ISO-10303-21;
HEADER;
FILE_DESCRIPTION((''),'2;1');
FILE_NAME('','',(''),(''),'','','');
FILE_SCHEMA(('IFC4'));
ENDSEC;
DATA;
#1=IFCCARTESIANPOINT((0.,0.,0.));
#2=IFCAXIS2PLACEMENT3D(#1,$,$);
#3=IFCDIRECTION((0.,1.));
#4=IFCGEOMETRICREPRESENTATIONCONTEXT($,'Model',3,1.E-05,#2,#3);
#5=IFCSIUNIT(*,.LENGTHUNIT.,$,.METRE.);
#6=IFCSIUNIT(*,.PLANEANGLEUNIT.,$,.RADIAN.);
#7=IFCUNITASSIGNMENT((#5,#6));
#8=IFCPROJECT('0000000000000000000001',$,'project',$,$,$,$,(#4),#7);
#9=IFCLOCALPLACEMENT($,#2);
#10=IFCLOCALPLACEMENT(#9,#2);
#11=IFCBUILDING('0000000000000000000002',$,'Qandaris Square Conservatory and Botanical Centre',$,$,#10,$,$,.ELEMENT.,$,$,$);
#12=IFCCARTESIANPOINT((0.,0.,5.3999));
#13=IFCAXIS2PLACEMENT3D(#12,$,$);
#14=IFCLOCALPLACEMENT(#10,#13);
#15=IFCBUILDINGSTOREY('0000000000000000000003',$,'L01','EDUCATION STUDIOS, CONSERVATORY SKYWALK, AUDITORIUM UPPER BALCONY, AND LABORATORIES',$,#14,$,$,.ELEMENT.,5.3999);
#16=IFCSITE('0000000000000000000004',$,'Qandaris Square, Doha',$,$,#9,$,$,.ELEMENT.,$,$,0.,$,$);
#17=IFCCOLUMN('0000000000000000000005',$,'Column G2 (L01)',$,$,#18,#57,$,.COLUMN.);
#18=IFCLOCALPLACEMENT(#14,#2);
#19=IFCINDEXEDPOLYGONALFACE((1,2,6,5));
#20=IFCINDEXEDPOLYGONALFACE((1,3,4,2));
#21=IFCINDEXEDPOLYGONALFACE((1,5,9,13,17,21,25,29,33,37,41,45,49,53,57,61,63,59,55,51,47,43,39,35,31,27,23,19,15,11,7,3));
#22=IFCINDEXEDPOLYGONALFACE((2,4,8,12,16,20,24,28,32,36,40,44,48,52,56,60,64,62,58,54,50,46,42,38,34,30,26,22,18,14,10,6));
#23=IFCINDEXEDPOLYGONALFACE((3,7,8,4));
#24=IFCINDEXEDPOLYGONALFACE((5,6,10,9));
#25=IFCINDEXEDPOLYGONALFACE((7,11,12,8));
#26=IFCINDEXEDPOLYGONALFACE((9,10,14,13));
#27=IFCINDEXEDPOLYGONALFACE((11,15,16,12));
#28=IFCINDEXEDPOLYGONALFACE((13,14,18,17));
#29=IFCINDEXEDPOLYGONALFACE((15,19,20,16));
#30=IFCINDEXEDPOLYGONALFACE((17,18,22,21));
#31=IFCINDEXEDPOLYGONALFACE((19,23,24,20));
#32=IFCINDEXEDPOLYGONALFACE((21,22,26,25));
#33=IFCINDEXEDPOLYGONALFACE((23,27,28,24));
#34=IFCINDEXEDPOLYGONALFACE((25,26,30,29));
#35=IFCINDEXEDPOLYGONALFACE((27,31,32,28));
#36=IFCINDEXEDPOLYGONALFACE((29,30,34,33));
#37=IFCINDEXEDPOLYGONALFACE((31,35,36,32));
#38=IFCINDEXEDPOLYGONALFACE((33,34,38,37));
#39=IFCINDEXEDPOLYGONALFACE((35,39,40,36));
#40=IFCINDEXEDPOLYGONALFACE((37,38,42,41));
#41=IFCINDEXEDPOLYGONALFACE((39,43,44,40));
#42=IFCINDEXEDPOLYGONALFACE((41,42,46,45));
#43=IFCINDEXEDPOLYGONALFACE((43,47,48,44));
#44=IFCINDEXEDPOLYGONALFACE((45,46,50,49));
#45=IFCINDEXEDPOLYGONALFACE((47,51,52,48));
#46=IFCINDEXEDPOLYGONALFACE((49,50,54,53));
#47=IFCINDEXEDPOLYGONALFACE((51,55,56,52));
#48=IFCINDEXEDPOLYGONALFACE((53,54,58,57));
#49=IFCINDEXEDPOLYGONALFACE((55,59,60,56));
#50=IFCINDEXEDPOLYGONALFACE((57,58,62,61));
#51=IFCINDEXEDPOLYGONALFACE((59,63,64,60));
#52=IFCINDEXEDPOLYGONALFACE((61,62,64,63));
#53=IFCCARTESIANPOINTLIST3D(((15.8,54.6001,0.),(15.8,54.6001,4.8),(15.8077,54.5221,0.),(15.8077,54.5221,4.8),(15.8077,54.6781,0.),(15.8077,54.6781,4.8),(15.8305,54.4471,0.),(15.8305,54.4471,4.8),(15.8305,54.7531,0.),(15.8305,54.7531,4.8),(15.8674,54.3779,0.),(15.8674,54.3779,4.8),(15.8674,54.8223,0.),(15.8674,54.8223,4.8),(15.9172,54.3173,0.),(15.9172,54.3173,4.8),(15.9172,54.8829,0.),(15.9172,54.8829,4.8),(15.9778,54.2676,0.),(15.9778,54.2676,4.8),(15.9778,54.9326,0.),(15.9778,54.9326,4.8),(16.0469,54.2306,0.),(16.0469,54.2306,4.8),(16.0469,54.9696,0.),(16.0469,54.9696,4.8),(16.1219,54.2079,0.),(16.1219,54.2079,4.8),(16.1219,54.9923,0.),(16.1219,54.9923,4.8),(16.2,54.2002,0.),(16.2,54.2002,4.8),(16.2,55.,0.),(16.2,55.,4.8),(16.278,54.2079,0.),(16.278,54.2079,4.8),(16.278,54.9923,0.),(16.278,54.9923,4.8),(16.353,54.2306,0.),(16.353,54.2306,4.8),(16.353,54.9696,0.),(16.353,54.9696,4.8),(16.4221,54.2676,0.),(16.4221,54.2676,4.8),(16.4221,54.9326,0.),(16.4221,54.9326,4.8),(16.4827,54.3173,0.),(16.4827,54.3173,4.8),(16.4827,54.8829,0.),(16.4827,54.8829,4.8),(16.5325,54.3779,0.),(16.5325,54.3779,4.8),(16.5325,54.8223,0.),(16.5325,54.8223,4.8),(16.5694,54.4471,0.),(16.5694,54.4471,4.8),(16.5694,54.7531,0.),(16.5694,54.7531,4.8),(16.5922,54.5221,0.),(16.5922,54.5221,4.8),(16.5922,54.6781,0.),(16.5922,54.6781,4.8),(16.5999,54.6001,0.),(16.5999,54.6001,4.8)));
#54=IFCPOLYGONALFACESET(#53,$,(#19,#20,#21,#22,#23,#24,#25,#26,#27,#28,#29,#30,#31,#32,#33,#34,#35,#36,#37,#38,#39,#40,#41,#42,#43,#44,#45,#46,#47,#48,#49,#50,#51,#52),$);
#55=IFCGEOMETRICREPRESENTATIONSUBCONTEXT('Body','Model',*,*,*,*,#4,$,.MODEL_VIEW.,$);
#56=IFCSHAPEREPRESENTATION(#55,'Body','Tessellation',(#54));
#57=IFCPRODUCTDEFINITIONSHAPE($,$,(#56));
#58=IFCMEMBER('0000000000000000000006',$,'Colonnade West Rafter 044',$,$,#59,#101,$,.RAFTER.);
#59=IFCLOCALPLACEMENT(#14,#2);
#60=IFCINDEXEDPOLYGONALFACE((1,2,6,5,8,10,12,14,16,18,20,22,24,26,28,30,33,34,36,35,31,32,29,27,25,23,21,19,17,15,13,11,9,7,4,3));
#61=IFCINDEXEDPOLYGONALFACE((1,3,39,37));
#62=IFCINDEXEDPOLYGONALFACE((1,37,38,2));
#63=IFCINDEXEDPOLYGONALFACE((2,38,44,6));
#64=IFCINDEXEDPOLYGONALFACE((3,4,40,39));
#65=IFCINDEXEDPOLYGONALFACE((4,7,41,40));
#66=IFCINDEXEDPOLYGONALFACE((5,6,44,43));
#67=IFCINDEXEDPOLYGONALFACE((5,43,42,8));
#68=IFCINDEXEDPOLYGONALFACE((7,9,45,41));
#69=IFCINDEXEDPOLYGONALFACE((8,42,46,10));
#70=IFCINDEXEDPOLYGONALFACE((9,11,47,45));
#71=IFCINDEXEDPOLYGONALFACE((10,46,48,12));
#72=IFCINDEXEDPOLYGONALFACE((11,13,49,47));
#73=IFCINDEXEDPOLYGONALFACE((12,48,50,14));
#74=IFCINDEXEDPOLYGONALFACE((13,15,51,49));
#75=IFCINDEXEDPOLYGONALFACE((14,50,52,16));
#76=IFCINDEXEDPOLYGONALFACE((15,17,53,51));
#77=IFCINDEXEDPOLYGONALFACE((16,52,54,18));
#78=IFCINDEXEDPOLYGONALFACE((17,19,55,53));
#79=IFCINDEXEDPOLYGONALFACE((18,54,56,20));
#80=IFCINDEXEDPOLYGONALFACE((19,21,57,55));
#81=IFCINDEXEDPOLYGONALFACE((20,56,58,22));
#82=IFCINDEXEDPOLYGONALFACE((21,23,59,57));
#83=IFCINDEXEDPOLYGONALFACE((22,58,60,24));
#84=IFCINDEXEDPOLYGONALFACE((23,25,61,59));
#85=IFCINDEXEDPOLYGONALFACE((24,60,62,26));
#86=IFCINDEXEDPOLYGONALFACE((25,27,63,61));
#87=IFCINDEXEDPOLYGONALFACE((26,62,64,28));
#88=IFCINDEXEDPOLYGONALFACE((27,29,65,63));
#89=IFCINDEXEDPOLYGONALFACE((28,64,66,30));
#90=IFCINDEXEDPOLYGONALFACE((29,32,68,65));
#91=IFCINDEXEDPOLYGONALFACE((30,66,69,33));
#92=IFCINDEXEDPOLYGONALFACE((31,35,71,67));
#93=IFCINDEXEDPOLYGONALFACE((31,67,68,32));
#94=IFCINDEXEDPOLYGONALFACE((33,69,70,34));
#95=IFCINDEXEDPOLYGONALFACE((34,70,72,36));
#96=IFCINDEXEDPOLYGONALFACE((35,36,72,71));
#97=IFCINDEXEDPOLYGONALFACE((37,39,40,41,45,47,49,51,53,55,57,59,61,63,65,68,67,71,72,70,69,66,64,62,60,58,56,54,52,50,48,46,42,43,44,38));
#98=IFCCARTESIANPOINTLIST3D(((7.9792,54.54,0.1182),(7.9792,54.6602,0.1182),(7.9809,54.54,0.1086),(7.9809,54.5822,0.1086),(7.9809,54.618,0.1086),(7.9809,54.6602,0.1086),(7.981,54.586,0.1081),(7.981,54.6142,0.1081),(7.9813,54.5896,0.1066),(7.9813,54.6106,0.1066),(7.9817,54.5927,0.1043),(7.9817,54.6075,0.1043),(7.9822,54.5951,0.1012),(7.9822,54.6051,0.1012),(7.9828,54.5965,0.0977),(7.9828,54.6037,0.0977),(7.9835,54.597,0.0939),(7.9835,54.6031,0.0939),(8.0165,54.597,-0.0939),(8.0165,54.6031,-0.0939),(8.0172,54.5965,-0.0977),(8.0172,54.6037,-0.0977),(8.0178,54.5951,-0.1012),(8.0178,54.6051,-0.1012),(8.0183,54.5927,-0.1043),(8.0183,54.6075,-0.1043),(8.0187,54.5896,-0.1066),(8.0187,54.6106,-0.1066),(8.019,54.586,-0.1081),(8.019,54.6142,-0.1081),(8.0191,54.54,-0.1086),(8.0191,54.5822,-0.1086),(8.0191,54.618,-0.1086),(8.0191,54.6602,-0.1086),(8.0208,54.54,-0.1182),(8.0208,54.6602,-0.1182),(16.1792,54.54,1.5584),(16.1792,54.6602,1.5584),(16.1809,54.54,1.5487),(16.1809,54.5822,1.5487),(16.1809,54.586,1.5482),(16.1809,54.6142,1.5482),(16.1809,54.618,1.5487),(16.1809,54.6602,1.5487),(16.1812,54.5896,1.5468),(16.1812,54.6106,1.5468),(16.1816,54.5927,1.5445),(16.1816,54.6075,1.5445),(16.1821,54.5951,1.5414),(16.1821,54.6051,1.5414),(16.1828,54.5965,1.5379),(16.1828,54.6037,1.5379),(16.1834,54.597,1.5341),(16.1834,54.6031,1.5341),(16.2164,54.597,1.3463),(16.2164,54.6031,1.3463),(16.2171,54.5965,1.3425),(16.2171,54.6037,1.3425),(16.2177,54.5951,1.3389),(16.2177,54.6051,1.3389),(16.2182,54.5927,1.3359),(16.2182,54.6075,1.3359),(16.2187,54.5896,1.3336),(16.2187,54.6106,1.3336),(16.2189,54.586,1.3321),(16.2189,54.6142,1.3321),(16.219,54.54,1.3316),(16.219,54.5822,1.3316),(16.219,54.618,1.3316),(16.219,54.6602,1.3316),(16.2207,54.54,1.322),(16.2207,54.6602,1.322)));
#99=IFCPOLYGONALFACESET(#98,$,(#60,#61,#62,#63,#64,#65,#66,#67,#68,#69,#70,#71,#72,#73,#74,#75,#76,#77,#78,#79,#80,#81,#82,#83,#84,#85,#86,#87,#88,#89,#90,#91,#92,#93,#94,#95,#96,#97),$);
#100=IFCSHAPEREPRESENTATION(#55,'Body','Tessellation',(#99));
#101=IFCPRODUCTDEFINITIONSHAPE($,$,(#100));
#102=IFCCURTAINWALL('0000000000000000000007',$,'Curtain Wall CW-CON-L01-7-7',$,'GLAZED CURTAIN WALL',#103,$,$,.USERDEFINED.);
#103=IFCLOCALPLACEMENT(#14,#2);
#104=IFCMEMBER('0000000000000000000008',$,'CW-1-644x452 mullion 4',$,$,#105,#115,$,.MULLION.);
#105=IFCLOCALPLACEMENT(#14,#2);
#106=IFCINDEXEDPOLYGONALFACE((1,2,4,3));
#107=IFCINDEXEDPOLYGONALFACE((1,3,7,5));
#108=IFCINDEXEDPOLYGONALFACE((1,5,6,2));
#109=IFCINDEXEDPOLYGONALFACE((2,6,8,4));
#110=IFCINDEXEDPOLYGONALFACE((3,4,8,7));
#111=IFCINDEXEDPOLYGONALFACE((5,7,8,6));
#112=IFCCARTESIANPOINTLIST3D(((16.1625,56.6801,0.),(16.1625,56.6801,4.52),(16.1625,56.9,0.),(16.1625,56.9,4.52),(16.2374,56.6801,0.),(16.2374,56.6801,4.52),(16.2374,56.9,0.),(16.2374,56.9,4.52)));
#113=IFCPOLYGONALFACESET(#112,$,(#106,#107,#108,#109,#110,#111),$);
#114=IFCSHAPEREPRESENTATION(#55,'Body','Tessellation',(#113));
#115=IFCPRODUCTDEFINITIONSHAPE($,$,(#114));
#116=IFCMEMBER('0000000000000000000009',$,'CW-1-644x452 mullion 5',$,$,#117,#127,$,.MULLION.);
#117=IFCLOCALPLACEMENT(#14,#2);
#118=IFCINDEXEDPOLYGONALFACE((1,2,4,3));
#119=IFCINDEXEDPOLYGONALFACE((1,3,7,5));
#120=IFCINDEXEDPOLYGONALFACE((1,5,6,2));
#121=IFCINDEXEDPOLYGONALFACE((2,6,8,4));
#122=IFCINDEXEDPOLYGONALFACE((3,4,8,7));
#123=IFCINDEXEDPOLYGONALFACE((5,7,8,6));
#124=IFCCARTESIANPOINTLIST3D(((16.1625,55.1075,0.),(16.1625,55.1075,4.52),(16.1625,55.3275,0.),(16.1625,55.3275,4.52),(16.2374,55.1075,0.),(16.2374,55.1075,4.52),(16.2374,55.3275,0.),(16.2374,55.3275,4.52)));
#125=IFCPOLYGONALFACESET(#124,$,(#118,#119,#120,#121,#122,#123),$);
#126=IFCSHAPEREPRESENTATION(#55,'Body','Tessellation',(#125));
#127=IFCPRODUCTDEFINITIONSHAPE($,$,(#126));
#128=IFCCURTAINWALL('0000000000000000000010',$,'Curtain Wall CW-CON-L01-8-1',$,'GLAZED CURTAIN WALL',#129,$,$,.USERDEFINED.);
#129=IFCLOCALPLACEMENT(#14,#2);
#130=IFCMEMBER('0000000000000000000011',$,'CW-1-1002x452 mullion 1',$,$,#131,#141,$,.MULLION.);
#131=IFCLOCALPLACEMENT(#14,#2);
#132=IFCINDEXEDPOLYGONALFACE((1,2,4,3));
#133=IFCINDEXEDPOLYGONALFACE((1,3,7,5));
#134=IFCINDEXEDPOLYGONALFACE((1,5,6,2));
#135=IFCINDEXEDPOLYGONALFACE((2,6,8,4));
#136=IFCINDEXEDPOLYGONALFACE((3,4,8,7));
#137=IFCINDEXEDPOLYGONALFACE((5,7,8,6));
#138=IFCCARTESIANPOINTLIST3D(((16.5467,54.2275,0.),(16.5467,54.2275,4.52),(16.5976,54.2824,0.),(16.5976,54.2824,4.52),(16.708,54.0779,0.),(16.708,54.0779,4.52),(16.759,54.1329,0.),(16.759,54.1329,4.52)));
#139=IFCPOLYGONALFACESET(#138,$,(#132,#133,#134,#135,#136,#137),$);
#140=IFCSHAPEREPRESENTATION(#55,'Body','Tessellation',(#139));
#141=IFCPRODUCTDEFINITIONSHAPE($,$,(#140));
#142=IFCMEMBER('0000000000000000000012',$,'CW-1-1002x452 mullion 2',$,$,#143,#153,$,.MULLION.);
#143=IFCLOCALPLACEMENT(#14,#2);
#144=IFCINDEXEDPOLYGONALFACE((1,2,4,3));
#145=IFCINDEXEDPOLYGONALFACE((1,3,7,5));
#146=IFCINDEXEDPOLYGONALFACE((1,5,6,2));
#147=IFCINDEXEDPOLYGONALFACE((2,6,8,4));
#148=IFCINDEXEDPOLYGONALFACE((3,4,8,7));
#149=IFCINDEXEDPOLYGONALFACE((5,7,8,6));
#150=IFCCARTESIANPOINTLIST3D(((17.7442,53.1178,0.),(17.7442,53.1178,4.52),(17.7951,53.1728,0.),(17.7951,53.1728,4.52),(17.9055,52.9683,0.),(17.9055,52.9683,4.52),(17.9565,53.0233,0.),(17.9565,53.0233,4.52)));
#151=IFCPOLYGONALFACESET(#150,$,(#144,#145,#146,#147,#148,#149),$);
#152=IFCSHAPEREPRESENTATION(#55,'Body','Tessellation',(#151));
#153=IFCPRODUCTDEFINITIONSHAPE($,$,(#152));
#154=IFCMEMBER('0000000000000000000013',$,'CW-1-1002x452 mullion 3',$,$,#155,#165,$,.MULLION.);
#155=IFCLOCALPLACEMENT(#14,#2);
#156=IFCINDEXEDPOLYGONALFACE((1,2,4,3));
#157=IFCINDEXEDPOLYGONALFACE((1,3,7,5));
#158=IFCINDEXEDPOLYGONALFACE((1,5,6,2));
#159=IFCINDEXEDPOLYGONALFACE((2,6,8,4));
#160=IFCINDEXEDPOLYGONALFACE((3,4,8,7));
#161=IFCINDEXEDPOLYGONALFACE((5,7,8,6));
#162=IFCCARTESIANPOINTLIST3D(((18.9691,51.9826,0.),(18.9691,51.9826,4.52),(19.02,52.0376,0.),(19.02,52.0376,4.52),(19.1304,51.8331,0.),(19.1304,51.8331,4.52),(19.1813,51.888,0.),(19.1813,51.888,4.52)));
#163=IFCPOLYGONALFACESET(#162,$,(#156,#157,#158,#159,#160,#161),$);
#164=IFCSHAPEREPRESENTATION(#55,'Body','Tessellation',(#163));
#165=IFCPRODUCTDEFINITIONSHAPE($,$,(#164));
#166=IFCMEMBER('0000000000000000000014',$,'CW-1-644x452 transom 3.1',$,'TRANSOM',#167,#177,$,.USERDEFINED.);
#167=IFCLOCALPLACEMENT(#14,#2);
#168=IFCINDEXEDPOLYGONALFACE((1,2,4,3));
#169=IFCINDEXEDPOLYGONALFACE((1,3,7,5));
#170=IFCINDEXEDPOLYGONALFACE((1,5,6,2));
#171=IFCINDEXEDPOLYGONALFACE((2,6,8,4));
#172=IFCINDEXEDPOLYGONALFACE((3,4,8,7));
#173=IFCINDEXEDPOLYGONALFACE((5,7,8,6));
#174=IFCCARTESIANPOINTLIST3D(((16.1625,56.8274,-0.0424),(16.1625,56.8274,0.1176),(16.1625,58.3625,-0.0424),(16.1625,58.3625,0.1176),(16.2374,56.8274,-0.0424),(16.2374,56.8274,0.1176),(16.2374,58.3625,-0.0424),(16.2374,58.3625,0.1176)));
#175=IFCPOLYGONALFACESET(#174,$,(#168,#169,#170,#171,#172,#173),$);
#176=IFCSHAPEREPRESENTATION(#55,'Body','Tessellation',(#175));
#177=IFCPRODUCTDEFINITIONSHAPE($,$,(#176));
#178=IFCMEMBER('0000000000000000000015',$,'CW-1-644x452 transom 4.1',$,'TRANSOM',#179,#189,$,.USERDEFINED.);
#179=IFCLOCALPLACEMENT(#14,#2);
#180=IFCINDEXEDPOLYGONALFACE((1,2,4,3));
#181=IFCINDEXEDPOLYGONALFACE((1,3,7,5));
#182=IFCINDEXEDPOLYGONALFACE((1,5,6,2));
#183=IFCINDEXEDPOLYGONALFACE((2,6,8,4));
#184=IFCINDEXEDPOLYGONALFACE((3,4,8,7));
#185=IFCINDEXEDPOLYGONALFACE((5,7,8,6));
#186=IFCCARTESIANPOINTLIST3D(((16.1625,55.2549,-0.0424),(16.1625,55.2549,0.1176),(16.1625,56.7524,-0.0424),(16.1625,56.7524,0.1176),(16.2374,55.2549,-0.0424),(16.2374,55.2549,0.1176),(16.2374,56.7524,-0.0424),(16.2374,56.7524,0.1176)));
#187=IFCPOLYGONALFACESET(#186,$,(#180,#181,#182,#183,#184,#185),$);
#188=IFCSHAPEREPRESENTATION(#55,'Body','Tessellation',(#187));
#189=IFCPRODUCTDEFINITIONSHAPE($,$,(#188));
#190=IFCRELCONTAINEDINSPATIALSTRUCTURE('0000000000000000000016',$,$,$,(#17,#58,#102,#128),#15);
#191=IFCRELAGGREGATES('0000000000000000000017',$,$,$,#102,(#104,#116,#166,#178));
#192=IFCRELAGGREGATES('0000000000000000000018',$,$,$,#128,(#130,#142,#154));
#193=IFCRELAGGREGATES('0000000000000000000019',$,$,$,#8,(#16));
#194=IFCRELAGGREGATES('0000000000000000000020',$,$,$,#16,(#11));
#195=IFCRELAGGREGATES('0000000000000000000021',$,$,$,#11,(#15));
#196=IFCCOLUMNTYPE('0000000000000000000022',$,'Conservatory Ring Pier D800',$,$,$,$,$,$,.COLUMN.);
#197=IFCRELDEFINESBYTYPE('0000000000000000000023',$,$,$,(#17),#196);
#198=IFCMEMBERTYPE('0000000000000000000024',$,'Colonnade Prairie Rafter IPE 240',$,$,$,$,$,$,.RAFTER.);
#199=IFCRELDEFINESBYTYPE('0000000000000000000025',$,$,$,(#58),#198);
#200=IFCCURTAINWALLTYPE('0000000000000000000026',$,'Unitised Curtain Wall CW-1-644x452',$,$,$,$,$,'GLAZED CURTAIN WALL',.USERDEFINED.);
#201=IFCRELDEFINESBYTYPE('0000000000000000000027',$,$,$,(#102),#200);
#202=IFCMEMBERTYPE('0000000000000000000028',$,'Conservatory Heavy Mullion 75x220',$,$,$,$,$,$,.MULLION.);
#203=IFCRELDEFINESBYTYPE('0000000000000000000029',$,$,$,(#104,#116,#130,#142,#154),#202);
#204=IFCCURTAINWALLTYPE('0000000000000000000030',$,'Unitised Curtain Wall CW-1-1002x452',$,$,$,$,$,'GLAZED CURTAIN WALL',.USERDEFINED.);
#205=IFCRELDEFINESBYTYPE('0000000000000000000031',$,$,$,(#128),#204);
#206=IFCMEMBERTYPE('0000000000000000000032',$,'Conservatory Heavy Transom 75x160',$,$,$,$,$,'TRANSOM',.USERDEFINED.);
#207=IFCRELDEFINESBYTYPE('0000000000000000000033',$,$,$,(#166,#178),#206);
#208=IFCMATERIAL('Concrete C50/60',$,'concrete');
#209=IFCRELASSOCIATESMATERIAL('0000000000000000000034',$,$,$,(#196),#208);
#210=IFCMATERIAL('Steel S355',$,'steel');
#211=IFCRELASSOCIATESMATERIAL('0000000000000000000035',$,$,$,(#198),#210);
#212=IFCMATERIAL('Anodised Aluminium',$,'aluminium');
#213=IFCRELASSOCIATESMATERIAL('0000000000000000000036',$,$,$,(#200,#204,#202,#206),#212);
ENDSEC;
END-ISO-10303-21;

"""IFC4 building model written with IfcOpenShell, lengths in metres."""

from ifc_helpers import new_model, si_unit, direction, frame, origin, origin_2d, place, context, subcontext, project, spatial, rectangle, circle, i_section, extrude, material, material_profile, profile_set, type_object, element, aggregate, save


model = new_model("IFC4")

# Units and contexts
model_context = context("Model", 3, precision=1e-05, world=origin(), true_north=direction((0.0, 1.0)))
body_context = subcontext(model_context, "Body", "Model", "MODEL_VIEW")
ifc_project = project(units=[si_unit("LENGTHUNIT", "METRE"), si_unit("PLANEANGLEUNIT", "RADIAN")], contexts=[model_context])

# Site, building, storey
site_placement = place(None, origin())
site = spatial("IfcSite", under=ifc_project, at=site_placement, Name="Qandaris Square, Doha", CompositionType="ELEMENT", RefElevation=0.0)
building_placement = place(site_placement, origin())
building = spatial("IfcBuilding", under=site, at=building_placement, Name="Qandaris Square Conservatory and Botanical Centre", CompositionType="ELEMENT")
storey_placement = place(building_placement, frame((0.0, 0.0, 5.3999)))
storey = spatial("IfcBuildingStorey", under=building, at=storey_placement, Name="L01", Description="EDUCATION STUDIOS, CONSERVATORY SKYWALK, AUDITORIUM UPPER BALCONY, AND LABORATORIES", CompositionType="ELEMENT", Elevation=5.3999)

# Column
ifc_material_1 = material(Name="Concrete C50/60", Category="concrete")
ifc_material_profile_1 = material_profile(ifc_material_1, circle(Radius=0.3999, at=origin_2d()), Name="RC-COL D800")
ifc_profile_set_1 = profile_set([ifc_material_profile_1], Name="Concrete C50/60")
column_type = type_object("IfcColumnType", Name="Conservatory Ring Pier D800", PredefinedType="COLUMN", material=ifc_profile_set_1)
column_placement = place(storey_placement, frame((16.2, 54.6001, 0.0), z_axis=(0.0, 0.0, 1.0), x_axis=(1.0, 0.0, 0.0)))
element("IfcColumn", 1, at=column_placement, inside=storey, type_object=column_type, Name="Column G2 (L01)", PredefinedType="COLUMN", context=body_context, shape_type="SweptSolid", body=[
    extrude(circle(Radius=0.3999, at=origin_2d()), origin(), (0.0, 0.0, 1.0), 4.8),
])

# Member
ifc_material_2 = material(Name="Steel S355", Category="steel")
ifc_material_profile_2 = material_profile(ifc_material_2, i_section(OverallWidth=0.1201, OverallDepth=0.24, WebThickness=0.0061, FlangeThickness=0.0098, FilletRadius=0.0149, at=origin_2d()), Name="IPE 240")
ifc_profile_set_2 = profile_set([ifc_material_profile_2], Name="Steel S355")
member_type_1 = type_object("IfcMemberType", Name="Colonnade Prairie Rafter IPE 240", PredefinedType="RAFTER", material=ifc_profile_set_2)
member_1_placement = place(storey_placement, frame((8.0, 54.6001, 0.0), z_axis=(0.984924, 0.0, 0.172986), x_axis=(0.0, 1.0, 0.0)))
element("IfcMember", 2, at=member_1_placement, inside=storey, type_object=member_type_1, Name="Colonnade West Rafter 044", PredefinedType="RAFTER", context=body_context, shape_type="SweptSolid", body=[
    extrude(i_section(OverallWidth=0.1201, OverallDepth=0.24, WebThickness=0.0061, FlangeThickness=0.0098, FilletRadius=0.0149, at=origin_2d()), origin(), (0.0, 0.0, 1.0), 8.3254),
])

# Curtain walls, members
ifc_material_3 = material(Name="Anodised Aluminium", Category="aluminium")
curtain_wall_type_1 = type_object("IfcCurtainWallType", Name="Unitised Curtain Wall CW-1-644x452", ElementType="GLAZED CURTAIN WALL", PredefinedType="USERDEFINED", material=ifc_material_3)
curtain_wall_1_placement = place(storey_placement, origin())
curtain_wall_1 = element("IfcCurtainWall", 3, at=curtain_wall_1_placement, inside=storey, type_object=curtain_wall_type_1, Name="Curtain Wall CW-CON-L01-7-7", ObjectType="GLAZED CURTAIN WALL", PredefinedType="USERDEFINED")
ifc_material_profile_3 = material_profile(ifc_material_3, rectangle(XDim=0.075, YDim=0.22, at=origin_2d()), Name="ALU-MUL 75x220")
ifc_profile_set_3 = profile_set([ifc_material_profile_3], Name="Anodised Aluminium")
member_type_2 = type_object("IfcMemberType", Name="Conservatory Heavy Mullion 75x220", PredefinedType="MULLION", material=ifc_profile_set_3)
member_2_placement = place(storey_placement, frame((16.2, 56.79, 0.0), z_axis=(0.0, 0.0, 1.0), x_axis=(1.0, 0.0, 0.0)))
member_2 = element("IfcMember", 4, at=member_2_placement, type_object=member_type_2, Name="CW-1-644x452 mullion 4", PredefinedType="MULLION", context=body_context, shape_type="SweptSolid", body=[
    extrude(rectangle(XDim=0.075, YDim=0.22, at=origin_2d()), origin(), (0.0, 0.0, 1.0), 4.52),
])
member_3_placement = place(storey_placement, frame((16.2, 55.2175, 0.0), z_axis=(0.0, 0.0, 1.0), x_axis=(1.0, 0.0, 0.0)))
member_3 = element("IfcMember", 5, at=member_3_placement, type_object=member_type_2, Name="CW-1-644x452 mullion 5", PredefinedType="MULLION", context=body_context, shape_type="SweptSolid", body=[
    extrude(rectangle(XDim=0.075, YDim=0.22, at=origin_2d()), origin(), (0.0, 0.0, 1.0), 4.52),
])
curtain_wall_type_2 = type_object("IfcCurtainWallType", Name="Unitised Curtain Wall CW-1-1002x452", ElementType="GLAZED CURTAIN WALL", PredefinedType="USERDEFINED", material=ifc_material_3)
curtain_wall_2_placement = place(storey_placement, origin())
curtain_wall_2 = element("IfcCurtainWall", 6, at=curtain_wall_2_placement, inside=storey, type_object=curtain_wall_type_2, Name="Curtain Wall CW-CON-L01-8-1", ObjectType="GLAZED CURTAIN WALL", PredefinedType="USERDEFINED")
member_4_placement = place(storey_placement, frame((16.6528, 54.1802, 0.0), z_axis=(0.0, 0.0, 1.0), x_axis=(0.679762, 0.733433, 0.0)))
member_4 = element("IfcMember", 7, at=member_4_placement, type_object=member_type_2, Name="CW-1-1002x452 mullion 1", PredefinedType="MULLION", context=body_context, shape_type="SweptSolid", body=[
    extrude(rectangle(XDim=0.075, YDim=0.22, at=origin_2d()), origin(), (0.0, 0.0, 1.0), 4.52),
])
member_5_placement = place(storey_placement, frame((17.8503, 53.0706, 0.0), z_axis=(0.0, 0.0, 1.0), x_axis=(0.679762, 0.733433, 0.0)))
member_5 = element("IfcMember", 8, at=member_5_placement, type_object=member_type_2, Name="CW-1-1002x452 mullion 2", PredefinedType="MULLION", context=body_context, shape_type="SweptSolid", body=[
    extrude(rectangle(XDim=0.075, YDim=0.22, at=origin_2d()), origin(), (0.0, 0.0, 1.0), 4.52),
])
member_6_placement = place(storey_placement, frame((19.0752, 51.9353, 0.0), z_axis=(0.0, 0.0, 1.0), x_axis=(0.679762, 0.733433, 0.0)))
member_6 = element("IfcMember", 9, at=member_6_placement, type_object=member_type_2, Name="CW-1-1002x452 mullion 3", PredefinedType="MULLION", context=body_context, shape_type="SweptSolid", body=[
    extrude(rectangle(XDim=0.075, YDim=0.22, at=origin_2d()), origin(), (0.0, 0.0, 1.0), 4.52),
])

# Members
ifc_material_profile_4 = material_profile(ifc_material_3, rectangle(XDim=0.075, YDim=0.1599, at=origin_2d()), Name="ALU-TRN 75x160")
ifc_profile_set_4 = profile_set([ifc_material_profile_4], Name="Anodised Aluminium")
member_type_3 = type_object("IfcMemberType", Name="Conservatory Heavy Transom 75x160", ElementType="TRANSOM", PredefinedType="USERDEFINED", material=ifc_profile_set_4)
member_7_placement = place(storey_placement, frame((16.2, 58.3625, 0.0376), z_axis=(0.0, -1.0, 0.0), x_axis=(1.0, 0.0, 0.0)))
member_7 = element("IfcMember", 10, at=member_7_placement, type_object=member_type_3, Name="CW-1-644x452 transom 3.1", ObjectType="TRANSOM", PredefinedType="USERDEFINED", context=body_context, shape_type="SweptSolid", body=[
    extrude(rectangle(XDim=0.075, YDim=0.1599, at=origin_2d()), origin(), (0.0, 0.0, 1.0), 1.5352),
])
member_8_placement = place(storey_placement, frame((16.2, 56.7524, 0.0376), z_axis=(0.0, -1.0, 0.0), x_axis=(1.0, 0.0, 0.0)))
member_8 = element("IfcMember", 11, at=member_8_placement, type_object=member_type_3, Name="CW-1-644x452 transom 4.1", ObjectType="TRANSOM", PredefinedType="USERDEFINED", context=body_context, shape_type="SweptSolid", body=[
    extrude(rectangle(XDim=0.075, YDim=0.1599, at=origin_2d()), origin(), (0.0, 0.0, 1.0), 1.4976),
])

aggregate(curtain_wall_1, [member_2, member_3, member_7, member_8])
aggregate(curtain_wall_2, [member_4, member_5, member_6])

save(model, "model.ifc")
